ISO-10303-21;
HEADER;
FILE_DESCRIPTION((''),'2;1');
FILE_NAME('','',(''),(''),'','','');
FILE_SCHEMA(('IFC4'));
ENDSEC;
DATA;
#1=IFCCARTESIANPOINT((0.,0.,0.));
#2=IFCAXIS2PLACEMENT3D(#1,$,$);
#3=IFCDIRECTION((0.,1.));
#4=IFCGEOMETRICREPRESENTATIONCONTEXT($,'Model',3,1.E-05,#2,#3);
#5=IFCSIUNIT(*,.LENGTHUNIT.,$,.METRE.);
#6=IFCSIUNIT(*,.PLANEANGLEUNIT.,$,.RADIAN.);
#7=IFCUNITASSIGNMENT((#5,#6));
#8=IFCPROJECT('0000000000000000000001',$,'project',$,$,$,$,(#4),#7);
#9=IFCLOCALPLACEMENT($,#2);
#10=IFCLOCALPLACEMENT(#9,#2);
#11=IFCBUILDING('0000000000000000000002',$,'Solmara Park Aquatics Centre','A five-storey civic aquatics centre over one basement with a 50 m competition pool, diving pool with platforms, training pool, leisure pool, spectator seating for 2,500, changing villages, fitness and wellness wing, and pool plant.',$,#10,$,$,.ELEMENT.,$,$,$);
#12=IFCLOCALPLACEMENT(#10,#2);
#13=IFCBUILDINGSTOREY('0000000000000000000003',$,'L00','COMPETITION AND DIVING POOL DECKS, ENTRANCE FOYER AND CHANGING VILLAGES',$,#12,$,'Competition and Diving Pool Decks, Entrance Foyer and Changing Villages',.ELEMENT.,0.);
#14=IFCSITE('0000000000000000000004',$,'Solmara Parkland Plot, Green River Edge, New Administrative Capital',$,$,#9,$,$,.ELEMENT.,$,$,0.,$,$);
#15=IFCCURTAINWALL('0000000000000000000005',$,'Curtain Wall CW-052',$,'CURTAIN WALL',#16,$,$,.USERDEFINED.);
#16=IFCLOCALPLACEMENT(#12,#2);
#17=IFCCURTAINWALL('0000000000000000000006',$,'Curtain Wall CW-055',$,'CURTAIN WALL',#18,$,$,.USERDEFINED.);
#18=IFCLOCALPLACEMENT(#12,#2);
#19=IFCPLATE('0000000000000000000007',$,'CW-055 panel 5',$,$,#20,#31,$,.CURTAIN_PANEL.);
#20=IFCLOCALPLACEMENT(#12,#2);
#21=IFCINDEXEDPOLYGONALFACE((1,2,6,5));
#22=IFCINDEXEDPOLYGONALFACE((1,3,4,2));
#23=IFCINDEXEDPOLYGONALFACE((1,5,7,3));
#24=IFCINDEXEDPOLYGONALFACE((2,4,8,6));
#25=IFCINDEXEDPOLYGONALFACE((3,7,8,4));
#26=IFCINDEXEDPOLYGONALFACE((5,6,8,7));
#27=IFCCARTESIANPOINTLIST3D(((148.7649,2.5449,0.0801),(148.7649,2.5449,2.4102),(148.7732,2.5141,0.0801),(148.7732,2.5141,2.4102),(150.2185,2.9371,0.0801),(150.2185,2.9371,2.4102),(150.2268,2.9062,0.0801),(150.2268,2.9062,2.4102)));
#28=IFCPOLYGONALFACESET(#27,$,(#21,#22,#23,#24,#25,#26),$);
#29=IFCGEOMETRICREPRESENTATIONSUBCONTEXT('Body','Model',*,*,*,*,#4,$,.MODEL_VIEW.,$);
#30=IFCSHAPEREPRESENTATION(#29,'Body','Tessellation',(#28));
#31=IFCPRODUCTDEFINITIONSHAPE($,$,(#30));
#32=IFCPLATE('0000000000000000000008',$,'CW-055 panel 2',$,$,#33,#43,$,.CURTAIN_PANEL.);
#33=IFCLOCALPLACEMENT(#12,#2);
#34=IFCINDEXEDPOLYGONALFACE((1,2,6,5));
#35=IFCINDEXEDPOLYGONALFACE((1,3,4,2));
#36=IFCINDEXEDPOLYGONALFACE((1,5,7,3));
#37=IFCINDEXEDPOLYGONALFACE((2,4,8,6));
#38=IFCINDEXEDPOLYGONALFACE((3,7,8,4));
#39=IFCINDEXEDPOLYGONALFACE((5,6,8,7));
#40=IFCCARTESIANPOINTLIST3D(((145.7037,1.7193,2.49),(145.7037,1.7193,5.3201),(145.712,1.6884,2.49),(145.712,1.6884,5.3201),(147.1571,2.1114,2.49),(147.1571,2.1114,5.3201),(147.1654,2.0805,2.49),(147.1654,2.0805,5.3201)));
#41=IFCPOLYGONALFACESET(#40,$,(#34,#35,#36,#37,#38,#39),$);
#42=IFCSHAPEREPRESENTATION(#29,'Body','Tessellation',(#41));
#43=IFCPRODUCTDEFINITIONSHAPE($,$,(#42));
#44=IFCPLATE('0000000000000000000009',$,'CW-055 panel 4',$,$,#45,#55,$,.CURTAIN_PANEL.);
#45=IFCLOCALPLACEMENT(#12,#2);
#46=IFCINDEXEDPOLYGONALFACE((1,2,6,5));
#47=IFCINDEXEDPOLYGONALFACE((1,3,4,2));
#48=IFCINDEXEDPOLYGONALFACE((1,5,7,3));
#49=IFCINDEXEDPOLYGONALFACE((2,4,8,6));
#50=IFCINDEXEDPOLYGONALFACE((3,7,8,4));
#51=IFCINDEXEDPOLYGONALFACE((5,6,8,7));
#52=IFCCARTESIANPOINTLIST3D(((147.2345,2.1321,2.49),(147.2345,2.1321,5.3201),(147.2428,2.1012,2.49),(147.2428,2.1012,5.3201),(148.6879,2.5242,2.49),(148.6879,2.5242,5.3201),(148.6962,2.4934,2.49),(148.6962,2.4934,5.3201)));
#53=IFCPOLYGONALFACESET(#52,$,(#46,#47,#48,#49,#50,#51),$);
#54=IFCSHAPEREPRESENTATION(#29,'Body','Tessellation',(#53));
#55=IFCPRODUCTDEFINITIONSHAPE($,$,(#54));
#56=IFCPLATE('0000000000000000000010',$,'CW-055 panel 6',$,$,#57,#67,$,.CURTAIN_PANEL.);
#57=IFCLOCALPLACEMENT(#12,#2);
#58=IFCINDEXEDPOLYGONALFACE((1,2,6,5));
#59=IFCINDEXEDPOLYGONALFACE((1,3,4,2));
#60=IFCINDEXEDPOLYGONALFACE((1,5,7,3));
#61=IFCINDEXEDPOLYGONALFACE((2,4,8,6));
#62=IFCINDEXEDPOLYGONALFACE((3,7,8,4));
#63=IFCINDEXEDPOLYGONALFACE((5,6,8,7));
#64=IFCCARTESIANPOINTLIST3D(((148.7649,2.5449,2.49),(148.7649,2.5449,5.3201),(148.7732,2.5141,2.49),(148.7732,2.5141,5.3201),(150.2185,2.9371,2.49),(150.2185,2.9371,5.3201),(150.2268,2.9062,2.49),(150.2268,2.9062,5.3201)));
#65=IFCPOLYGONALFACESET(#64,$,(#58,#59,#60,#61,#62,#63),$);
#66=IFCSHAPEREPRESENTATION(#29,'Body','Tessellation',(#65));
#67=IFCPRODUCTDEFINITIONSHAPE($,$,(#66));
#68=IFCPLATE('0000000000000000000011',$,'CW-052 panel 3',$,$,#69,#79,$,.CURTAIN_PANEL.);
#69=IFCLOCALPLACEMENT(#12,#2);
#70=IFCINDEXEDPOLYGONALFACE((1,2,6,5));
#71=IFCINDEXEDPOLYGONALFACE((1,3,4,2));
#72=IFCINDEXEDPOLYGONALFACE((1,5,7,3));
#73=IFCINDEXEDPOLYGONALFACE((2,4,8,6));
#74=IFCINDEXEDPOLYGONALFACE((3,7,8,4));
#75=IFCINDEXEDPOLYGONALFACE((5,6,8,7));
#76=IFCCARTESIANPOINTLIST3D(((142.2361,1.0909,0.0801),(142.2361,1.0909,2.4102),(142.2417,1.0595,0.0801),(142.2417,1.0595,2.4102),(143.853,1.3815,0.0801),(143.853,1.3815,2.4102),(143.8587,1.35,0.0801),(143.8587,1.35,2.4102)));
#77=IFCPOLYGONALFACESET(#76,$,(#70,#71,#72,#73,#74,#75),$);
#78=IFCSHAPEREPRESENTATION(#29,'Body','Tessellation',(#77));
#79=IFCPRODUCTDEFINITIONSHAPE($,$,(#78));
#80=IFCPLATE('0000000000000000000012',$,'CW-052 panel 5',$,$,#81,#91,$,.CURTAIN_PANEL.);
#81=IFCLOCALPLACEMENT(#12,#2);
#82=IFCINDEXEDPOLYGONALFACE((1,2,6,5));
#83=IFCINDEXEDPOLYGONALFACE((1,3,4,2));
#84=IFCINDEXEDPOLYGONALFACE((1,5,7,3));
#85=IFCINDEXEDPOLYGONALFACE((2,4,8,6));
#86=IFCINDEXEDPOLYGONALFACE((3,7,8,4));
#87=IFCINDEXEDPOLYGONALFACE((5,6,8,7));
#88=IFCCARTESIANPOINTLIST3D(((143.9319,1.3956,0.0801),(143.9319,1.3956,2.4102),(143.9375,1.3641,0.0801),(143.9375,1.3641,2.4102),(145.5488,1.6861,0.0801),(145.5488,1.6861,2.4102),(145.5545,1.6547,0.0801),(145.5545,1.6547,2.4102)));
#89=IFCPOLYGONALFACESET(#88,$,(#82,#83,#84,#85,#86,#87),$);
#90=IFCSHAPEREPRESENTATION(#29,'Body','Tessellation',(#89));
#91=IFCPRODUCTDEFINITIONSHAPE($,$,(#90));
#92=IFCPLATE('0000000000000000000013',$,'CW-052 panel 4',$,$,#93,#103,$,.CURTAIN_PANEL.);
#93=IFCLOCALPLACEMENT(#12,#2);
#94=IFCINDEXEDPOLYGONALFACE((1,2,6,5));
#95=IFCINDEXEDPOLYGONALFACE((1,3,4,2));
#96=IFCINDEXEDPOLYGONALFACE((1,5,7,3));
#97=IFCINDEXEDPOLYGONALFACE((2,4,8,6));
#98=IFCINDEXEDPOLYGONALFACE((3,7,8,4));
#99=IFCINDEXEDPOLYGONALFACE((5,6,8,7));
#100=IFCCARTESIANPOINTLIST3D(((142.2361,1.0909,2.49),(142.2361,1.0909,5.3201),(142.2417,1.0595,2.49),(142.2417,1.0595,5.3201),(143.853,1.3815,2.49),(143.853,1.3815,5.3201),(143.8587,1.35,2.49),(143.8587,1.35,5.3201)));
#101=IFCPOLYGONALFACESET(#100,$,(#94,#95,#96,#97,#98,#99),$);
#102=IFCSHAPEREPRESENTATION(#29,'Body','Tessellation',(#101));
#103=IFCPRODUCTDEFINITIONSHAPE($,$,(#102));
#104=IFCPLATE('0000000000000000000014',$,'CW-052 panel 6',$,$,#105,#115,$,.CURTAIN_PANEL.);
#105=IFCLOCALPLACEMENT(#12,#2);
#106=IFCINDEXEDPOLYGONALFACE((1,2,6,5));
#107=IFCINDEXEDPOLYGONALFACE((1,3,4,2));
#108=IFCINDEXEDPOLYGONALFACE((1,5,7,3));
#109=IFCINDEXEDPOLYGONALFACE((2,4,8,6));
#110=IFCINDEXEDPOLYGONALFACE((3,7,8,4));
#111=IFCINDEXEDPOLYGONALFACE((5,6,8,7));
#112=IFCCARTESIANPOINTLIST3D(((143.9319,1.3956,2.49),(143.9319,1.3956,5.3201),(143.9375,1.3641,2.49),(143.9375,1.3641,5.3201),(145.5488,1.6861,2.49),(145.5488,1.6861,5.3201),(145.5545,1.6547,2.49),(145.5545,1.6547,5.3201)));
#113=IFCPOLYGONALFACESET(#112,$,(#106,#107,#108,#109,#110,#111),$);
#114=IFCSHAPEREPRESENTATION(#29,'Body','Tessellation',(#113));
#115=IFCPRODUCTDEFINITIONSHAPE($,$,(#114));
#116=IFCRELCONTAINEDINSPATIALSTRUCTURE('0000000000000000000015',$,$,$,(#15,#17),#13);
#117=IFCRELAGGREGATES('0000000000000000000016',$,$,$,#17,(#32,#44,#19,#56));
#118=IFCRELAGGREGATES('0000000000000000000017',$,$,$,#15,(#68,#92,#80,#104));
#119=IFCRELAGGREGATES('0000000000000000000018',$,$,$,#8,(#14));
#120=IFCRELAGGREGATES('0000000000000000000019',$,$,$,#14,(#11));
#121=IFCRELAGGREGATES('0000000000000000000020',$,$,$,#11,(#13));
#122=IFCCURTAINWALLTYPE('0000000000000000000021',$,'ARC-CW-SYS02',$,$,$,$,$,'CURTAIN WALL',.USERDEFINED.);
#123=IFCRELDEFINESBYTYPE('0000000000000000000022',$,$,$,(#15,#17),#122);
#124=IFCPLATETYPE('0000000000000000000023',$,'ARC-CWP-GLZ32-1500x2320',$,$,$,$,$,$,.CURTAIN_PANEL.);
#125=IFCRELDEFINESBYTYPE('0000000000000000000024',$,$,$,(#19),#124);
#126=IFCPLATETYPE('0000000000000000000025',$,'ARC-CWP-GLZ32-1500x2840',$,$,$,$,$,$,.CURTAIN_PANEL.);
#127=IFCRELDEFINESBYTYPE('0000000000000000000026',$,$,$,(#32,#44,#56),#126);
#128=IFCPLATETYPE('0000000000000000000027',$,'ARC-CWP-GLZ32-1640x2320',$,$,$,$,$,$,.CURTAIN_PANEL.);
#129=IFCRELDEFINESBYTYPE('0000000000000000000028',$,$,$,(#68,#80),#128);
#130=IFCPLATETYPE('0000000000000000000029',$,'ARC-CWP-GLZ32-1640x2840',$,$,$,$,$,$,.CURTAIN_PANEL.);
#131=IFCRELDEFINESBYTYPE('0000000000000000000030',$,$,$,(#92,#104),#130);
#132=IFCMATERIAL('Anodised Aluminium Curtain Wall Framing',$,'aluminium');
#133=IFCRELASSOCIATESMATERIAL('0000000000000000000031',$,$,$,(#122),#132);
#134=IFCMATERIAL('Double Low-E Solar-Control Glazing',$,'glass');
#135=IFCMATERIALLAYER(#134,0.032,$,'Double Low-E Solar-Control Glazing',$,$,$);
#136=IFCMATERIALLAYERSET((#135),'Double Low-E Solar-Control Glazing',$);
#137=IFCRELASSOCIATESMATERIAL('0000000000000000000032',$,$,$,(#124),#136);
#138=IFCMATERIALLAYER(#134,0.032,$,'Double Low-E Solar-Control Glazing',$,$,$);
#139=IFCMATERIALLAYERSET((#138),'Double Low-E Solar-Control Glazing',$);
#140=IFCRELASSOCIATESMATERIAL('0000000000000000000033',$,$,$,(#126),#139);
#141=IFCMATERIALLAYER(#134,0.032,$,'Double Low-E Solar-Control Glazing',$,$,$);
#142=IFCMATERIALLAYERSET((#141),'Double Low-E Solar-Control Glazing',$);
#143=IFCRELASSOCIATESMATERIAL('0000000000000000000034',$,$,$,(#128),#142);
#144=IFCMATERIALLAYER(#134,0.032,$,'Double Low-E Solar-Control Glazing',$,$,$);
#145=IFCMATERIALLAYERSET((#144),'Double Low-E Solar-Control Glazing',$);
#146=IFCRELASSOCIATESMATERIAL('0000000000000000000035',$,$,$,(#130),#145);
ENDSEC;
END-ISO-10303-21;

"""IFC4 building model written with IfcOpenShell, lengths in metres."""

from ifc_helpers import new_model, si_unit, direction, frame, origin, origin_2d, place, context, subcontext, project, spatial, rectangle, extrude, material, layer, layer_set, type_object, element, aggregate, save


model = new_model("IFC4")

# Units and contexts
model_context = context("Model", 3, precision=1e-05, world=origin(), true_north=direction((0.0, 1.0)))
body_context = subcontext(model_context, "Body", "Model", "MODEL_VIEW")
ifc_project = project(units=[si_unit("LENGTHUNIT", "METRE"), si_unit("PLANEANGLEUNIT", "RADIAN")], contexts=[model_context])

# Site, building, storey
site_placement = place(None, origin())
site = spatial("IfcSite", under=ifc_project, at=site_placement, Name="Solmara Parkland Plot, Green River Edge, New Administrative Capital", CompositionType="ELEMENT", RefElevation=0.0)
building_placement = place(site_placement, origin())
building = spatial("IfcBuilding", under=site, at=building_placement, Name="Solmara Park Aquatics Centre", Description="A five-storey civic aquatics centre over one basement with a 50 m competition pool, diving pool with platforms, training pool, leisure pool, spectator seating for 2,500, changing villages, fitness and wellness wing, and pool plant.", CompositionType="ELEMENT")
storey_placement = place(building_placement, origin())
storey = spatial("IfcBuildingStorey", under=building, at=storey_placement, Name="L00", Description="COMPETITION AND DIVING POOL DECKS, ENTRANCE FOYER AND CHANGING VILLAGES", LongName="Competition and Diving Pool Decks, Entrance Foyer and Changing Villages", CompositionType="ELEMENT", Elevation=0.0)

# Curtain walls
ifc_material_1 = material(Name="Anodised Aluminium Curtain Wall Framing", Category="aluminium")
curtain_wall_type = type_object("IfcCurtainWallType", Name="ARC-CW-SYS02", ElementType="CURTAIN WALL", PredefinedType="USERDEFINED", material=ifc_material_1)
curtain_wall_1_placement = place(storey_placement, origin())
curtain_wall_1 = element("IfcCurtainWall", 1, at=curtain_wall_1_placement, inside=storey, type_object=curtain_wall_type, Name="Curtain Wall CW-052", ObjectType="CURTAIN WALL", PredefinedType="USERDEFINED")
curtain_wall_2_placement = place(storey_placement, origin())
curtain_wall_2 = element("IfcCurtainWall", 2, at=curtain_wall_2_placement, inside=storey, type_object=curtain_wall_type, Name="Curtain Wall CW-055", ObjectType="CURTAIN WALL", PredefinedType="USERDEFINED")

# Plates
ifc_material_2 = material(Name="Double Low-E Solar-Control Glazing", Category="glass")
ifc_layer_1 = layer(ifc_material_2, 0.032, Name="Double Low-E Solar-Control Glazing")
ifc_layer_set_1 = layer_set([ifc_layer_1], Name="Double Low-E Solar-Control Glazing")
plate_type_1 = type_object("IfcPlateType", Name="ARC-CWP-GLZ32-1500x2320", PredefinedType="CURTAIN_PANEL", material=ifc_layer_set_1)
plate_1_placement = place(storey_placement, frame((149.4958, 2.7256, 0.0801), z_axis=(0.0, 0.0, 1.0), x_axis=(0.96548, 0.260476, 0.0)))
plate_1 = element("IfcPlate", 3, at=plate_1_placement, type_object=plate_type_1, Name="CW-055 panel 5", PredefinedType="CURTAIN_PANEL", context=body_context, shape_type="SweptSolid", body=[
    extrude(rectangle(XDim=1.5056, YDim=0.032, at=origin_2d()), origin(), (0.0, 0.0, 1.0), 2.3301),
])
ifc_layer_2 = layer(ifc_material_2, 0.032, Name="Double Low-E Solar-Control Glazing")
ifc_layer_set_2 = layer_set([ifc_layer_2], Name="Double Low-E Solar-Control Glazing")
plate_type_2 = type_object("IfcPlateType", Name="ARC-CWP-GLZ32-1500x2840", PredefinedType="CURTAIN_PANEL", material=ifc_layer_set_2)
plate_2_placement = place(storey_placement, frame((146.4346, 1.8999, 2.49), z_axis=(0.0, 0.0, 1.0), x_axis=(0.96548, 0.260476, 0.0)))
plate_2 = element("IfcPlate", 4, at=plate_2_placement, type_object=plate_type_2, Name="CW-055 panel 2", PredefinedType="CURTAIN_PANEL", context=body_context, shape_type="SweptSolid", body=[
    extrude(rectangle(XDim=1.5054, YDim=0.032, at=origin_2d()), origin(), (0.0, 0.0, 1.0), 2.8301),
])
plate_3_placement = place(storey_placement, frame((147.9653, 2.3127, 2.49), z_axis=(0.0, 0.0, 1.0), x_axis=(0.96548, 0.260476, 0.0)))
plate_3 = element("IfcPlate", 5, at=plate_3_placement, type_object=plate_type_2, Name="CW-055 panel 4", PredefinedType="CURTAIN_PANEL", context=body_context, shape_type="SweptSolid", body=[
    extrude(rectangle(XDim=1.5054, YDim=0.032, at=origin_2d()), origin(), (0.0, 0.0, 1.0), 2.8301),
])
plate_4_placement = place(storey_placement, frame((149.4958, 2.7256, 2.49), z_axis=(0.0, 0.0, 1.0), x_axis=(0.96548, 0.260476, 0.0)))
plate_4 = element("IfcPlate", 6, at=plate_4_placement, type_object=plate_type_2, Name="CW-055 panel 6", PredefinedType="CURTAIN_PANEL", context=body_context, shape_type="SweptSolid", body=[
    extrude(rectangle(XDim=1.5056, YDim=0.032, at=origin_2d()), origin(), (0.0, 0.0, 1.0), 2.8301),
])
aggregate(curtain_wall_2, [plate_2, plate_3, plate_1, plate_4])
ifc_layer_3 = layer(ifc_material_2, 0.032, Name="Double Low-E Solar-Control Glazing")
ifc_layer_set_3 = layer_set([ifc_layer_3], Name="Double Low-E Solar-Control Glazing")
plate_type_3 = type_object("IfcPlateType", Name="ARC-CWP-GLZ32-1640x2320", PredefinedType="CURTAIN_PANEL", material=ifc_layer_set_3)
plate_5_placement = place(storey_placement, frame((143.0474, 1.2205, 0.0801), z_axis=(0.0, 0.0, 1.0), x_axis=(0.984239, 0.176846, 0.0)))
plate_5 = element("IfcPlate", 7, at=plate_5_placement, type_object=plate_type_3, Name="CW-052 panel 3", PredefinedType="CURTAIN_PANEL", context=body_context, shape_type="SweptSolid", body=[
    extrude(rectangle(XDim=1.6428, YDim=0.032, at=origin_2d()), origin(), (0.0, 0.0, 1.0), 2.3301),
])
plate_6_placement = place(storey_placement, frame((144.7432, 1.5251, 0.0801), z_axis=(0.0, 0.0, 1.0), x_axis=(0.984239, 0.176846, 0.0)))
plate_6 = element("IfcPlate", 8, at=plate_6_placement, type_object=plate_type_3, Name="CW-052 panel 5", PredefinedType="CURTAIN_PANEL", context=body_context, shape_type="SweptSolid", body=[
    extrude(rectangle(XDim=1.6428, YDim=0.032, at=origin_2d()), origin(), (0.0, 0.0, 1.0), 2.3301),
])
ifc_layer_4 = layer(ifc_material_2, 0.032, Name="Double Low-E Solar-Control Glazing")
ifc_layer_set_4 = layer_set([ifc_layer_4], Name="Double Low-E Solar-Control Glazing")
plate_type_4 = type_object("IfcPlateType", Name="ARC-CWP-GLZ32-1640x2840", PredefinedType="CURTAIN_PANEL", material=ifc_layer_set_4)
plate_7_placement = place(storey_placement, frame((143.0474, 1.2205, 2.49), z_axis=(0.0, 0.0, 1.0), x_axis=(0.984239, 0.176846, 0.0)))
plate_7 = element("IfcPlate", 9, at=plate_7_placement, type_object=plate_type_4, Name="CW-052 panel 4", PredefinedType="CURTAIN_PANEL", context=body_context, shape_type="SweptSolid", body=[
    extrude(rectangle(XDim=1.6428, YDim=0.032, at=origin_2d()), origin(), (0.0, 0.0, 1.0), 2.8301),
])
plate_8_placement = place(storey_placement, frame((144.7432, 1.5251, 2.49), z_axis=(0.0, 0.0, 1.0), x_axis=(0.984239, 0.176846, 0.0)))
plate_8 = element("IfcPlate", 10, at=plate_8_placement, type_object=plate_type_4, Name="CW-052 panel 6", PredefinedType="CURTAIN_PANEL", context=body_context, shape_type="SweptSolid", body=[
    extrude(rectangle(XDim=1.6428, YDim=0.032, at=origin_2d()), origin(), (0.0, 0.0, 1.0), 2.8301),
])
aggregate(curtain_wall_1, [plate_5, plate_7, plate_6, plate_8])

save(model, "model.ifc")
